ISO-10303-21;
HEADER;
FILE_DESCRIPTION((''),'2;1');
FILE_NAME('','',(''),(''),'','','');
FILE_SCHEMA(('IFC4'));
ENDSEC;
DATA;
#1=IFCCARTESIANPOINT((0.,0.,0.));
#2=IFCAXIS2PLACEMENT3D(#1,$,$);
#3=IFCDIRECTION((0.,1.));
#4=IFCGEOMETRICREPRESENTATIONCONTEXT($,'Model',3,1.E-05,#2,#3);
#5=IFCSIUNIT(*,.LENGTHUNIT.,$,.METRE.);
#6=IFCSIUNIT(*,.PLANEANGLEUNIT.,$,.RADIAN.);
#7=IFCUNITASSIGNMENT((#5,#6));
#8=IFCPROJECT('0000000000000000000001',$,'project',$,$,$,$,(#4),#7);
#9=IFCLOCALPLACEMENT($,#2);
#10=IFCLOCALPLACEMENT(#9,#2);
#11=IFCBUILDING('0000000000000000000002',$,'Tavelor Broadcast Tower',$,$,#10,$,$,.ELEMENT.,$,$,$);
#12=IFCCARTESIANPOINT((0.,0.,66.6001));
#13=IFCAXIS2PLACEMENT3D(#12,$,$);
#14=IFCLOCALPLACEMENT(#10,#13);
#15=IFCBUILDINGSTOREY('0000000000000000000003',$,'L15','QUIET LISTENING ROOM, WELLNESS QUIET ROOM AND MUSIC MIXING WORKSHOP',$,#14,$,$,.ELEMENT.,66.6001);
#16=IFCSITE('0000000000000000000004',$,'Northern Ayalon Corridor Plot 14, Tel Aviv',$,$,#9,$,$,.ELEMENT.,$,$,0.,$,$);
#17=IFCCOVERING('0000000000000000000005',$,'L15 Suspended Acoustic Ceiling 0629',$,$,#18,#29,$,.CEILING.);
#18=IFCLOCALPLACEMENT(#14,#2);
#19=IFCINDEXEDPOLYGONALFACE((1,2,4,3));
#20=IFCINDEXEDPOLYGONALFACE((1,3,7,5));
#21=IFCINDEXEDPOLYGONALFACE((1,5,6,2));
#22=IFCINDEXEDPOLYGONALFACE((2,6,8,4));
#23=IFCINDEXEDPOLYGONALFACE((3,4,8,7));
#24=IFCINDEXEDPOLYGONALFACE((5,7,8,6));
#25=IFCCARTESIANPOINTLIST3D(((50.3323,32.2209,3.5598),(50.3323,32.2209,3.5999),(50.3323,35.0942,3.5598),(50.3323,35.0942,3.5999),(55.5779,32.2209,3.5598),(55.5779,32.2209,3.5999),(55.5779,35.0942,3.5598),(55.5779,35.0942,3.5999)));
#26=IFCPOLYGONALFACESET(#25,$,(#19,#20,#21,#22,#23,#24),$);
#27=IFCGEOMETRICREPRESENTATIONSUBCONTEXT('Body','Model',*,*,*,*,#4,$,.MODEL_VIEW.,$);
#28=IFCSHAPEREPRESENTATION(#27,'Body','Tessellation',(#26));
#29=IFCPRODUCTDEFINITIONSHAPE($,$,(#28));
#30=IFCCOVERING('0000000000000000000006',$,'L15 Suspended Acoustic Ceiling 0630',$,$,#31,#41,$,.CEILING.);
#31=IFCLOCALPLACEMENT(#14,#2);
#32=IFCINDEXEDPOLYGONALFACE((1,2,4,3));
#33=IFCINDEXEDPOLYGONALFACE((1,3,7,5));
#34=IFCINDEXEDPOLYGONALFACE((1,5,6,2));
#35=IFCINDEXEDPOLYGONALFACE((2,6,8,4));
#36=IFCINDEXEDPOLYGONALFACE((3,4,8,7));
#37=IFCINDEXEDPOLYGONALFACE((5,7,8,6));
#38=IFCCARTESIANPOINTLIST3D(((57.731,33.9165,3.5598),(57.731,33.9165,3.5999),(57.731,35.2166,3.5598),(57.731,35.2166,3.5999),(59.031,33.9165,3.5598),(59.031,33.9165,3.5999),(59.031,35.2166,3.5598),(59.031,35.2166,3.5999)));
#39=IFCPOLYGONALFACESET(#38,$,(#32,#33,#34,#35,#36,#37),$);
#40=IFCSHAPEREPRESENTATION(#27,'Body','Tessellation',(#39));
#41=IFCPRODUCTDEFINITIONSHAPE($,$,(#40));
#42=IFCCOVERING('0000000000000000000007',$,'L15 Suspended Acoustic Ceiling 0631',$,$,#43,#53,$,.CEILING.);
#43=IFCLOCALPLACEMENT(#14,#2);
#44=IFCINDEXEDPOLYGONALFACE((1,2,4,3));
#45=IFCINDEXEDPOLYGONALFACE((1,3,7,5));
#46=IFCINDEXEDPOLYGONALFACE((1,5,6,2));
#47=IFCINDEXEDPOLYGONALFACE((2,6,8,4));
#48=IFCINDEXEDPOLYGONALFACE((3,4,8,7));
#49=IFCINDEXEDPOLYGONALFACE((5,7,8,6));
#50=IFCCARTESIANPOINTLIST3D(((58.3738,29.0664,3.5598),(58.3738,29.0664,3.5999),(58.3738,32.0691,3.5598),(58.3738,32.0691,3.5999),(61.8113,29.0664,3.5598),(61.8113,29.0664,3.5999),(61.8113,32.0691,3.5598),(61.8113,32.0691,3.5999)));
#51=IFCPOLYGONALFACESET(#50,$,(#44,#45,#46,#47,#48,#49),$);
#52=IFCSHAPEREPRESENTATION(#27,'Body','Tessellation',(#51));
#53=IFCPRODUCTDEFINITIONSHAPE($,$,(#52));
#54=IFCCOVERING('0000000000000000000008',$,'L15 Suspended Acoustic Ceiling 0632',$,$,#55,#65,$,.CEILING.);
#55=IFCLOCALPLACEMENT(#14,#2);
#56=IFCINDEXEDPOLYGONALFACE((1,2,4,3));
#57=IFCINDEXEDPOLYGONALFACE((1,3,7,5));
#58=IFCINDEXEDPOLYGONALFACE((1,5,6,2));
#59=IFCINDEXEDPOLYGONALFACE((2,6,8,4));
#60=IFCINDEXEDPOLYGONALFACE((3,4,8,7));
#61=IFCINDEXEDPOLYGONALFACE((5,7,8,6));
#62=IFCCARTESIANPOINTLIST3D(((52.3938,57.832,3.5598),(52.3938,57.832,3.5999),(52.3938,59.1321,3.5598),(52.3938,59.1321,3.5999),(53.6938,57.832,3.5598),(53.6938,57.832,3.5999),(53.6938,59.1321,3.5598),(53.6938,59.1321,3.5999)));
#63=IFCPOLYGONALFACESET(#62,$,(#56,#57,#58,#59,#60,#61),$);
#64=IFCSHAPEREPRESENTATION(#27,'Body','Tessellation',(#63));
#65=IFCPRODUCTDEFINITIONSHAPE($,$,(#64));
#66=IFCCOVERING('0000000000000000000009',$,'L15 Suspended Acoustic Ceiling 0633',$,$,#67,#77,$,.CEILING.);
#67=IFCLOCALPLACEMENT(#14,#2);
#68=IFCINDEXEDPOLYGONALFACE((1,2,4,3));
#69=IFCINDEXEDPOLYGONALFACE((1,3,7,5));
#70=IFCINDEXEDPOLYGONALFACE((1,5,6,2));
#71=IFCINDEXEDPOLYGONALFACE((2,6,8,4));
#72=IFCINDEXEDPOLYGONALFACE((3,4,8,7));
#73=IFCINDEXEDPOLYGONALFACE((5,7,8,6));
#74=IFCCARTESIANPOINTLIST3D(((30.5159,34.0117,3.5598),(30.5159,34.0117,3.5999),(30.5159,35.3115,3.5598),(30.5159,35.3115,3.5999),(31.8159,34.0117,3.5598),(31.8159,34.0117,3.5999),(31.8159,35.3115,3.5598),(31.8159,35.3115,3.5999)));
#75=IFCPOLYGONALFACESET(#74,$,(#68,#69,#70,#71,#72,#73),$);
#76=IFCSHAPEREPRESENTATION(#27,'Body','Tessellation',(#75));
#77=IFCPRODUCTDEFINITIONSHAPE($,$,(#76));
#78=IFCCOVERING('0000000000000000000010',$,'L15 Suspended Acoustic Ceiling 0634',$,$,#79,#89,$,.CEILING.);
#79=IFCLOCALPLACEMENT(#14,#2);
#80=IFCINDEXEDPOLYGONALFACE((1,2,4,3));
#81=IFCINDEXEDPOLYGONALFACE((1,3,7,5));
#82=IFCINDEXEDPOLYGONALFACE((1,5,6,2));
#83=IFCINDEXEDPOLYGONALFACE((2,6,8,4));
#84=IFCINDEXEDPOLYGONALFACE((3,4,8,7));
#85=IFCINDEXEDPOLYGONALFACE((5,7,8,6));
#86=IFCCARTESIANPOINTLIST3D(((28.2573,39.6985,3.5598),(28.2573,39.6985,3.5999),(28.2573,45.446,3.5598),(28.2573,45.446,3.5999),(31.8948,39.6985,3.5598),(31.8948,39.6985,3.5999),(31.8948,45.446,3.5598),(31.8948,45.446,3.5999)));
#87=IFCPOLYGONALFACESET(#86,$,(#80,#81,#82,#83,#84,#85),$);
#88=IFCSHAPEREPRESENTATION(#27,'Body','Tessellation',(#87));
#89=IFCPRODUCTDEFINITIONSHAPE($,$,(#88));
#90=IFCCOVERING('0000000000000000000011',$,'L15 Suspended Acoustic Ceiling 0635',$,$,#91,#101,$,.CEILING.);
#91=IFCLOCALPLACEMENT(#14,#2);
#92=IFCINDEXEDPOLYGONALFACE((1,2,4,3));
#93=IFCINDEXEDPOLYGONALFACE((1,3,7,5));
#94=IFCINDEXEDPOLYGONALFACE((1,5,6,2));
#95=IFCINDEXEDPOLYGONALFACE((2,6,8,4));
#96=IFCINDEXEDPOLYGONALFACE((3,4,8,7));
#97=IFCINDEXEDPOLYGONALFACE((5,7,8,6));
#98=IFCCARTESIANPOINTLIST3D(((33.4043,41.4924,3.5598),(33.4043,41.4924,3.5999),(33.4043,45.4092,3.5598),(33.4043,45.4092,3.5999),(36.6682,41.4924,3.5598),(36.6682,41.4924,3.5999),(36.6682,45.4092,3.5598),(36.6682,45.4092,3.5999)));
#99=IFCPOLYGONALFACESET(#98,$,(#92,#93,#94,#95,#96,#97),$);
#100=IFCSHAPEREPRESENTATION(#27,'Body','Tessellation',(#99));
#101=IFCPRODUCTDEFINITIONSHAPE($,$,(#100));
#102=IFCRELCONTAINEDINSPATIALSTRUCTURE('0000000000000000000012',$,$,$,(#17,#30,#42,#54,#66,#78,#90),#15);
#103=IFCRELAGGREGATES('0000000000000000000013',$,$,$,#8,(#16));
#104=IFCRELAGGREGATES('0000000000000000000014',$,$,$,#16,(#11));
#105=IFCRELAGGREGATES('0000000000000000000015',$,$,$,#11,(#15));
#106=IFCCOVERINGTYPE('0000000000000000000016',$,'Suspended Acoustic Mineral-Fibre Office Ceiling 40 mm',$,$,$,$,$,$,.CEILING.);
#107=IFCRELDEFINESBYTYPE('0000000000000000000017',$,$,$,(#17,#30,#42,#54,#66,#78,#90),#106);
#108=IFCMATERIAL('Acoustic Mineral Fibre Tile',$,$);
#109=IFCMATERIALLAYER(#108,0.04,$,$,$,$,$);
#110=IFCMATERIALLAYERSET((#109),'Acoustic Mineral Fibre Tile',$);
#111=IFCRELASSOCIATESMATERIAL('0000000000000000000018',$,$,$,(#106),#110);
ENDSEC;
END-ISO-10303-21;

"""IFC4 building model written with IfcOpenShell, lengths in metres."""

from ifc_helpers import new_model, si_unit, direction, frame, origin, place, context, subcontext, project, spatial, polyline, outline, extrude, material, layer, layer_set, type_object, element, save


model = new_model("IFC4")

# Units and contexts
model_context = context("Model", 3, precision=1e-05, world=origin(), true_north=direction((0.0, 1.0)))
body_context = subcontext(model_context, "Body", "Model", "MODEL_VIEW")
ifc_project = project(units=[si_unit("LENGTHUNIT", "METRE"), si_unit("PLANEANGLEUNIT", "RADIAN")], contexts=[model_context])

# Site, building, storey
site_placement = place(None, origin())
site = spatial("IfcSite", under=ifc_project, at=site_placement, Name="Northern Ayalon Corridor Plot 14, Tel Aviv", CompositionType="ELEMENT", RefElevation=0.0)
building_placement = place(site_placement, origin())
building = spatial("IfcBuilding", under=site, at=building_placement, Name="Tavelor Broadcast Tower", CompositionType="ELEMENT")
storey_placement = place(building_placement, frame((0.0, 0.0, 66.6001)))
storey = spatial("IfcBuildingStorey", under=building, at=storey_placement, Name="L15", Description="QUIET LISTENING ROOM, WELLNESS QUIET ROOM AND MUSIC MIXING WORKSHOP", CompositionType="ELEMENT", Elevation=66.6001)

# Coverings
ifc_material_1 = material(Name="Acoustic Mineral Fibre Tile")
ifc_layer_1 = layer(ifc_material_1, 0.04)
ifc_layer_set_1 = layer_set([ifc_layer_1], Name="Acoustic Mineral Fibre Tile")
covering_type_1 = type_object("IfcCoveringType", Name="Suspended Acoustic Mineral-Fibre Office Ceiling 40 mm", PredefinedType="CEILING", material=ifc_layer_set_1)
covering_1_placement = place(storey_placement, frame((0.0, 0.0, 3.5598)))
element("IfcCovering", 1, at=covering_1_placement, inside=storey, type_object=covering_type_1, Name="L15 Suspended Acoustic Ceiling 0629", PredefinedType="CEILING", context=body_context, shape_type="SweptSolid", body=[
    extrude(outline(polyline([(50.3323, 32.2209), (55.5779, 32.2209), (55.5779, 35.0942), (50.3323, 35.0942), (50.3323, 32.2209)])), origin(), (0.0, 0.0, 1.0), 0.04),
])
covering_2_placement = place(storey_placement, frame((0.0, 0.0, 3.5598)))
element("IfcCovering", 2, at=covering_2_placement, inside=storey, type_object=covering_type_1, Name="L15 Suspended Acoustic Ceiling 0630", PredefinedType="CEILING", context=body_context, shape_type="SweptSolid", body=[
    extrude(outline(polyline([(57.731, 33.9165), (59.031, 33.9165), (59.031, 35.2166), (57.731, 35.2166), (57.731, 33.9165)])), origin(), (0.0, 0.0, 1.0), 0.04),
])
covering_3_placement = place(storey_placement, frame((0.0, 0.0, 3.5598)))
element("IfcCovering", 3, at=covering_3_placement, inside=storey, type_object=covering_type_1, Name="L15 Suspended Acoustic Ceiling 0631", PredefinedType="CEILING", context=body_context, shape_type="SweptSolid", body=[
    extrude(outline(polyline([(58.3738, 29.0664), (61.8113, 29.0664), (61.8113, 32.0691), (58.3738, 32.0691), (58.3738, 29.0664)])), origin(), (0.0, 0.0, 1.0), 0.04),
])
covering_4_placement = place(storey_placement, frame((0.0, 0.0, 3.5598)))
element("IfcCovering", 4, at=covering_4_placement, inside=storey, type_object=covering_type_1, Name="L15 Suspended Acoustic Ceiling 0632", PredefinedType="CEILING", context=body_context, shape_type="SweptSolid", body=[
    extrude(outline(polyline([(52.3938, 57.832), (53.6938, 57.832), (53.6938, 59.1321), (52.3938, 59.1321), (52.3938, 57.832)])), origin(), (0.0, 0.0, 1.0), 0.04),
])
covering_5_placement = place(storey_placement, frame((0.0, 0.0, 3.5598)))
element("IfcCovering", 5, at=covering_5_placement, inside=storey, type_object=covering_type_1, Name="L15 Suspended Acoustic Ceiling 0633", PredefinedType="CEILING", context=body_context, shape_type="SweptSolid", body=[
    extrude(outline(polyline([(30.5159, 34.0117), (31.8159, 34.0117), (31.8159, 35.3115), (30.5159, 35.3115), (30.5159, 34.0117)])), origin(), (0.0, 0.0, 1.0), 0.04),
])
covering_6_placement = place(storey_placement, frame((0.0, 0.0, 3.5598)))
element("IfcCovering", 6, at=covering_6_placement, inside=storey, type_object=covering_type_1, Name="L15 Suspended Acoustic Ceiling 0634", PredefinedType="CEILING", context=body_context, shape_type="SweptSolid", body=[
    extrude(outline(polyline([(28.2573, 39.6985), (31.8948, 39.6985), (31.8948, 45.446), (28.2573, 45.446), (28.2573, 39.6985)])), origin(), (0.0, 0.0, 1.0), 0.04),
])
covering_7_placement = place(storey_placement, frame((0.0, 0.0, 3.5598)))
element("IfcCovering", 7, at=covering_7_placement, inside=storey, type_object=covering_type_1, Name="L15 Suspended Acoustic Ceiling 0635", PredefinedType="CEILING", context=body_context, shape_type="SweptSolid", body=[
    extrude(outline(polyline([(33.4043, 41.4924), (36.6682, 41.4924), (36.6682, 45.4092), (33.4043, 45.4092), (33.4043, 41.4924)])), origin(), (0.0, 0.0, 1.0), 0.04),
])

save(model, "model.ifc")
